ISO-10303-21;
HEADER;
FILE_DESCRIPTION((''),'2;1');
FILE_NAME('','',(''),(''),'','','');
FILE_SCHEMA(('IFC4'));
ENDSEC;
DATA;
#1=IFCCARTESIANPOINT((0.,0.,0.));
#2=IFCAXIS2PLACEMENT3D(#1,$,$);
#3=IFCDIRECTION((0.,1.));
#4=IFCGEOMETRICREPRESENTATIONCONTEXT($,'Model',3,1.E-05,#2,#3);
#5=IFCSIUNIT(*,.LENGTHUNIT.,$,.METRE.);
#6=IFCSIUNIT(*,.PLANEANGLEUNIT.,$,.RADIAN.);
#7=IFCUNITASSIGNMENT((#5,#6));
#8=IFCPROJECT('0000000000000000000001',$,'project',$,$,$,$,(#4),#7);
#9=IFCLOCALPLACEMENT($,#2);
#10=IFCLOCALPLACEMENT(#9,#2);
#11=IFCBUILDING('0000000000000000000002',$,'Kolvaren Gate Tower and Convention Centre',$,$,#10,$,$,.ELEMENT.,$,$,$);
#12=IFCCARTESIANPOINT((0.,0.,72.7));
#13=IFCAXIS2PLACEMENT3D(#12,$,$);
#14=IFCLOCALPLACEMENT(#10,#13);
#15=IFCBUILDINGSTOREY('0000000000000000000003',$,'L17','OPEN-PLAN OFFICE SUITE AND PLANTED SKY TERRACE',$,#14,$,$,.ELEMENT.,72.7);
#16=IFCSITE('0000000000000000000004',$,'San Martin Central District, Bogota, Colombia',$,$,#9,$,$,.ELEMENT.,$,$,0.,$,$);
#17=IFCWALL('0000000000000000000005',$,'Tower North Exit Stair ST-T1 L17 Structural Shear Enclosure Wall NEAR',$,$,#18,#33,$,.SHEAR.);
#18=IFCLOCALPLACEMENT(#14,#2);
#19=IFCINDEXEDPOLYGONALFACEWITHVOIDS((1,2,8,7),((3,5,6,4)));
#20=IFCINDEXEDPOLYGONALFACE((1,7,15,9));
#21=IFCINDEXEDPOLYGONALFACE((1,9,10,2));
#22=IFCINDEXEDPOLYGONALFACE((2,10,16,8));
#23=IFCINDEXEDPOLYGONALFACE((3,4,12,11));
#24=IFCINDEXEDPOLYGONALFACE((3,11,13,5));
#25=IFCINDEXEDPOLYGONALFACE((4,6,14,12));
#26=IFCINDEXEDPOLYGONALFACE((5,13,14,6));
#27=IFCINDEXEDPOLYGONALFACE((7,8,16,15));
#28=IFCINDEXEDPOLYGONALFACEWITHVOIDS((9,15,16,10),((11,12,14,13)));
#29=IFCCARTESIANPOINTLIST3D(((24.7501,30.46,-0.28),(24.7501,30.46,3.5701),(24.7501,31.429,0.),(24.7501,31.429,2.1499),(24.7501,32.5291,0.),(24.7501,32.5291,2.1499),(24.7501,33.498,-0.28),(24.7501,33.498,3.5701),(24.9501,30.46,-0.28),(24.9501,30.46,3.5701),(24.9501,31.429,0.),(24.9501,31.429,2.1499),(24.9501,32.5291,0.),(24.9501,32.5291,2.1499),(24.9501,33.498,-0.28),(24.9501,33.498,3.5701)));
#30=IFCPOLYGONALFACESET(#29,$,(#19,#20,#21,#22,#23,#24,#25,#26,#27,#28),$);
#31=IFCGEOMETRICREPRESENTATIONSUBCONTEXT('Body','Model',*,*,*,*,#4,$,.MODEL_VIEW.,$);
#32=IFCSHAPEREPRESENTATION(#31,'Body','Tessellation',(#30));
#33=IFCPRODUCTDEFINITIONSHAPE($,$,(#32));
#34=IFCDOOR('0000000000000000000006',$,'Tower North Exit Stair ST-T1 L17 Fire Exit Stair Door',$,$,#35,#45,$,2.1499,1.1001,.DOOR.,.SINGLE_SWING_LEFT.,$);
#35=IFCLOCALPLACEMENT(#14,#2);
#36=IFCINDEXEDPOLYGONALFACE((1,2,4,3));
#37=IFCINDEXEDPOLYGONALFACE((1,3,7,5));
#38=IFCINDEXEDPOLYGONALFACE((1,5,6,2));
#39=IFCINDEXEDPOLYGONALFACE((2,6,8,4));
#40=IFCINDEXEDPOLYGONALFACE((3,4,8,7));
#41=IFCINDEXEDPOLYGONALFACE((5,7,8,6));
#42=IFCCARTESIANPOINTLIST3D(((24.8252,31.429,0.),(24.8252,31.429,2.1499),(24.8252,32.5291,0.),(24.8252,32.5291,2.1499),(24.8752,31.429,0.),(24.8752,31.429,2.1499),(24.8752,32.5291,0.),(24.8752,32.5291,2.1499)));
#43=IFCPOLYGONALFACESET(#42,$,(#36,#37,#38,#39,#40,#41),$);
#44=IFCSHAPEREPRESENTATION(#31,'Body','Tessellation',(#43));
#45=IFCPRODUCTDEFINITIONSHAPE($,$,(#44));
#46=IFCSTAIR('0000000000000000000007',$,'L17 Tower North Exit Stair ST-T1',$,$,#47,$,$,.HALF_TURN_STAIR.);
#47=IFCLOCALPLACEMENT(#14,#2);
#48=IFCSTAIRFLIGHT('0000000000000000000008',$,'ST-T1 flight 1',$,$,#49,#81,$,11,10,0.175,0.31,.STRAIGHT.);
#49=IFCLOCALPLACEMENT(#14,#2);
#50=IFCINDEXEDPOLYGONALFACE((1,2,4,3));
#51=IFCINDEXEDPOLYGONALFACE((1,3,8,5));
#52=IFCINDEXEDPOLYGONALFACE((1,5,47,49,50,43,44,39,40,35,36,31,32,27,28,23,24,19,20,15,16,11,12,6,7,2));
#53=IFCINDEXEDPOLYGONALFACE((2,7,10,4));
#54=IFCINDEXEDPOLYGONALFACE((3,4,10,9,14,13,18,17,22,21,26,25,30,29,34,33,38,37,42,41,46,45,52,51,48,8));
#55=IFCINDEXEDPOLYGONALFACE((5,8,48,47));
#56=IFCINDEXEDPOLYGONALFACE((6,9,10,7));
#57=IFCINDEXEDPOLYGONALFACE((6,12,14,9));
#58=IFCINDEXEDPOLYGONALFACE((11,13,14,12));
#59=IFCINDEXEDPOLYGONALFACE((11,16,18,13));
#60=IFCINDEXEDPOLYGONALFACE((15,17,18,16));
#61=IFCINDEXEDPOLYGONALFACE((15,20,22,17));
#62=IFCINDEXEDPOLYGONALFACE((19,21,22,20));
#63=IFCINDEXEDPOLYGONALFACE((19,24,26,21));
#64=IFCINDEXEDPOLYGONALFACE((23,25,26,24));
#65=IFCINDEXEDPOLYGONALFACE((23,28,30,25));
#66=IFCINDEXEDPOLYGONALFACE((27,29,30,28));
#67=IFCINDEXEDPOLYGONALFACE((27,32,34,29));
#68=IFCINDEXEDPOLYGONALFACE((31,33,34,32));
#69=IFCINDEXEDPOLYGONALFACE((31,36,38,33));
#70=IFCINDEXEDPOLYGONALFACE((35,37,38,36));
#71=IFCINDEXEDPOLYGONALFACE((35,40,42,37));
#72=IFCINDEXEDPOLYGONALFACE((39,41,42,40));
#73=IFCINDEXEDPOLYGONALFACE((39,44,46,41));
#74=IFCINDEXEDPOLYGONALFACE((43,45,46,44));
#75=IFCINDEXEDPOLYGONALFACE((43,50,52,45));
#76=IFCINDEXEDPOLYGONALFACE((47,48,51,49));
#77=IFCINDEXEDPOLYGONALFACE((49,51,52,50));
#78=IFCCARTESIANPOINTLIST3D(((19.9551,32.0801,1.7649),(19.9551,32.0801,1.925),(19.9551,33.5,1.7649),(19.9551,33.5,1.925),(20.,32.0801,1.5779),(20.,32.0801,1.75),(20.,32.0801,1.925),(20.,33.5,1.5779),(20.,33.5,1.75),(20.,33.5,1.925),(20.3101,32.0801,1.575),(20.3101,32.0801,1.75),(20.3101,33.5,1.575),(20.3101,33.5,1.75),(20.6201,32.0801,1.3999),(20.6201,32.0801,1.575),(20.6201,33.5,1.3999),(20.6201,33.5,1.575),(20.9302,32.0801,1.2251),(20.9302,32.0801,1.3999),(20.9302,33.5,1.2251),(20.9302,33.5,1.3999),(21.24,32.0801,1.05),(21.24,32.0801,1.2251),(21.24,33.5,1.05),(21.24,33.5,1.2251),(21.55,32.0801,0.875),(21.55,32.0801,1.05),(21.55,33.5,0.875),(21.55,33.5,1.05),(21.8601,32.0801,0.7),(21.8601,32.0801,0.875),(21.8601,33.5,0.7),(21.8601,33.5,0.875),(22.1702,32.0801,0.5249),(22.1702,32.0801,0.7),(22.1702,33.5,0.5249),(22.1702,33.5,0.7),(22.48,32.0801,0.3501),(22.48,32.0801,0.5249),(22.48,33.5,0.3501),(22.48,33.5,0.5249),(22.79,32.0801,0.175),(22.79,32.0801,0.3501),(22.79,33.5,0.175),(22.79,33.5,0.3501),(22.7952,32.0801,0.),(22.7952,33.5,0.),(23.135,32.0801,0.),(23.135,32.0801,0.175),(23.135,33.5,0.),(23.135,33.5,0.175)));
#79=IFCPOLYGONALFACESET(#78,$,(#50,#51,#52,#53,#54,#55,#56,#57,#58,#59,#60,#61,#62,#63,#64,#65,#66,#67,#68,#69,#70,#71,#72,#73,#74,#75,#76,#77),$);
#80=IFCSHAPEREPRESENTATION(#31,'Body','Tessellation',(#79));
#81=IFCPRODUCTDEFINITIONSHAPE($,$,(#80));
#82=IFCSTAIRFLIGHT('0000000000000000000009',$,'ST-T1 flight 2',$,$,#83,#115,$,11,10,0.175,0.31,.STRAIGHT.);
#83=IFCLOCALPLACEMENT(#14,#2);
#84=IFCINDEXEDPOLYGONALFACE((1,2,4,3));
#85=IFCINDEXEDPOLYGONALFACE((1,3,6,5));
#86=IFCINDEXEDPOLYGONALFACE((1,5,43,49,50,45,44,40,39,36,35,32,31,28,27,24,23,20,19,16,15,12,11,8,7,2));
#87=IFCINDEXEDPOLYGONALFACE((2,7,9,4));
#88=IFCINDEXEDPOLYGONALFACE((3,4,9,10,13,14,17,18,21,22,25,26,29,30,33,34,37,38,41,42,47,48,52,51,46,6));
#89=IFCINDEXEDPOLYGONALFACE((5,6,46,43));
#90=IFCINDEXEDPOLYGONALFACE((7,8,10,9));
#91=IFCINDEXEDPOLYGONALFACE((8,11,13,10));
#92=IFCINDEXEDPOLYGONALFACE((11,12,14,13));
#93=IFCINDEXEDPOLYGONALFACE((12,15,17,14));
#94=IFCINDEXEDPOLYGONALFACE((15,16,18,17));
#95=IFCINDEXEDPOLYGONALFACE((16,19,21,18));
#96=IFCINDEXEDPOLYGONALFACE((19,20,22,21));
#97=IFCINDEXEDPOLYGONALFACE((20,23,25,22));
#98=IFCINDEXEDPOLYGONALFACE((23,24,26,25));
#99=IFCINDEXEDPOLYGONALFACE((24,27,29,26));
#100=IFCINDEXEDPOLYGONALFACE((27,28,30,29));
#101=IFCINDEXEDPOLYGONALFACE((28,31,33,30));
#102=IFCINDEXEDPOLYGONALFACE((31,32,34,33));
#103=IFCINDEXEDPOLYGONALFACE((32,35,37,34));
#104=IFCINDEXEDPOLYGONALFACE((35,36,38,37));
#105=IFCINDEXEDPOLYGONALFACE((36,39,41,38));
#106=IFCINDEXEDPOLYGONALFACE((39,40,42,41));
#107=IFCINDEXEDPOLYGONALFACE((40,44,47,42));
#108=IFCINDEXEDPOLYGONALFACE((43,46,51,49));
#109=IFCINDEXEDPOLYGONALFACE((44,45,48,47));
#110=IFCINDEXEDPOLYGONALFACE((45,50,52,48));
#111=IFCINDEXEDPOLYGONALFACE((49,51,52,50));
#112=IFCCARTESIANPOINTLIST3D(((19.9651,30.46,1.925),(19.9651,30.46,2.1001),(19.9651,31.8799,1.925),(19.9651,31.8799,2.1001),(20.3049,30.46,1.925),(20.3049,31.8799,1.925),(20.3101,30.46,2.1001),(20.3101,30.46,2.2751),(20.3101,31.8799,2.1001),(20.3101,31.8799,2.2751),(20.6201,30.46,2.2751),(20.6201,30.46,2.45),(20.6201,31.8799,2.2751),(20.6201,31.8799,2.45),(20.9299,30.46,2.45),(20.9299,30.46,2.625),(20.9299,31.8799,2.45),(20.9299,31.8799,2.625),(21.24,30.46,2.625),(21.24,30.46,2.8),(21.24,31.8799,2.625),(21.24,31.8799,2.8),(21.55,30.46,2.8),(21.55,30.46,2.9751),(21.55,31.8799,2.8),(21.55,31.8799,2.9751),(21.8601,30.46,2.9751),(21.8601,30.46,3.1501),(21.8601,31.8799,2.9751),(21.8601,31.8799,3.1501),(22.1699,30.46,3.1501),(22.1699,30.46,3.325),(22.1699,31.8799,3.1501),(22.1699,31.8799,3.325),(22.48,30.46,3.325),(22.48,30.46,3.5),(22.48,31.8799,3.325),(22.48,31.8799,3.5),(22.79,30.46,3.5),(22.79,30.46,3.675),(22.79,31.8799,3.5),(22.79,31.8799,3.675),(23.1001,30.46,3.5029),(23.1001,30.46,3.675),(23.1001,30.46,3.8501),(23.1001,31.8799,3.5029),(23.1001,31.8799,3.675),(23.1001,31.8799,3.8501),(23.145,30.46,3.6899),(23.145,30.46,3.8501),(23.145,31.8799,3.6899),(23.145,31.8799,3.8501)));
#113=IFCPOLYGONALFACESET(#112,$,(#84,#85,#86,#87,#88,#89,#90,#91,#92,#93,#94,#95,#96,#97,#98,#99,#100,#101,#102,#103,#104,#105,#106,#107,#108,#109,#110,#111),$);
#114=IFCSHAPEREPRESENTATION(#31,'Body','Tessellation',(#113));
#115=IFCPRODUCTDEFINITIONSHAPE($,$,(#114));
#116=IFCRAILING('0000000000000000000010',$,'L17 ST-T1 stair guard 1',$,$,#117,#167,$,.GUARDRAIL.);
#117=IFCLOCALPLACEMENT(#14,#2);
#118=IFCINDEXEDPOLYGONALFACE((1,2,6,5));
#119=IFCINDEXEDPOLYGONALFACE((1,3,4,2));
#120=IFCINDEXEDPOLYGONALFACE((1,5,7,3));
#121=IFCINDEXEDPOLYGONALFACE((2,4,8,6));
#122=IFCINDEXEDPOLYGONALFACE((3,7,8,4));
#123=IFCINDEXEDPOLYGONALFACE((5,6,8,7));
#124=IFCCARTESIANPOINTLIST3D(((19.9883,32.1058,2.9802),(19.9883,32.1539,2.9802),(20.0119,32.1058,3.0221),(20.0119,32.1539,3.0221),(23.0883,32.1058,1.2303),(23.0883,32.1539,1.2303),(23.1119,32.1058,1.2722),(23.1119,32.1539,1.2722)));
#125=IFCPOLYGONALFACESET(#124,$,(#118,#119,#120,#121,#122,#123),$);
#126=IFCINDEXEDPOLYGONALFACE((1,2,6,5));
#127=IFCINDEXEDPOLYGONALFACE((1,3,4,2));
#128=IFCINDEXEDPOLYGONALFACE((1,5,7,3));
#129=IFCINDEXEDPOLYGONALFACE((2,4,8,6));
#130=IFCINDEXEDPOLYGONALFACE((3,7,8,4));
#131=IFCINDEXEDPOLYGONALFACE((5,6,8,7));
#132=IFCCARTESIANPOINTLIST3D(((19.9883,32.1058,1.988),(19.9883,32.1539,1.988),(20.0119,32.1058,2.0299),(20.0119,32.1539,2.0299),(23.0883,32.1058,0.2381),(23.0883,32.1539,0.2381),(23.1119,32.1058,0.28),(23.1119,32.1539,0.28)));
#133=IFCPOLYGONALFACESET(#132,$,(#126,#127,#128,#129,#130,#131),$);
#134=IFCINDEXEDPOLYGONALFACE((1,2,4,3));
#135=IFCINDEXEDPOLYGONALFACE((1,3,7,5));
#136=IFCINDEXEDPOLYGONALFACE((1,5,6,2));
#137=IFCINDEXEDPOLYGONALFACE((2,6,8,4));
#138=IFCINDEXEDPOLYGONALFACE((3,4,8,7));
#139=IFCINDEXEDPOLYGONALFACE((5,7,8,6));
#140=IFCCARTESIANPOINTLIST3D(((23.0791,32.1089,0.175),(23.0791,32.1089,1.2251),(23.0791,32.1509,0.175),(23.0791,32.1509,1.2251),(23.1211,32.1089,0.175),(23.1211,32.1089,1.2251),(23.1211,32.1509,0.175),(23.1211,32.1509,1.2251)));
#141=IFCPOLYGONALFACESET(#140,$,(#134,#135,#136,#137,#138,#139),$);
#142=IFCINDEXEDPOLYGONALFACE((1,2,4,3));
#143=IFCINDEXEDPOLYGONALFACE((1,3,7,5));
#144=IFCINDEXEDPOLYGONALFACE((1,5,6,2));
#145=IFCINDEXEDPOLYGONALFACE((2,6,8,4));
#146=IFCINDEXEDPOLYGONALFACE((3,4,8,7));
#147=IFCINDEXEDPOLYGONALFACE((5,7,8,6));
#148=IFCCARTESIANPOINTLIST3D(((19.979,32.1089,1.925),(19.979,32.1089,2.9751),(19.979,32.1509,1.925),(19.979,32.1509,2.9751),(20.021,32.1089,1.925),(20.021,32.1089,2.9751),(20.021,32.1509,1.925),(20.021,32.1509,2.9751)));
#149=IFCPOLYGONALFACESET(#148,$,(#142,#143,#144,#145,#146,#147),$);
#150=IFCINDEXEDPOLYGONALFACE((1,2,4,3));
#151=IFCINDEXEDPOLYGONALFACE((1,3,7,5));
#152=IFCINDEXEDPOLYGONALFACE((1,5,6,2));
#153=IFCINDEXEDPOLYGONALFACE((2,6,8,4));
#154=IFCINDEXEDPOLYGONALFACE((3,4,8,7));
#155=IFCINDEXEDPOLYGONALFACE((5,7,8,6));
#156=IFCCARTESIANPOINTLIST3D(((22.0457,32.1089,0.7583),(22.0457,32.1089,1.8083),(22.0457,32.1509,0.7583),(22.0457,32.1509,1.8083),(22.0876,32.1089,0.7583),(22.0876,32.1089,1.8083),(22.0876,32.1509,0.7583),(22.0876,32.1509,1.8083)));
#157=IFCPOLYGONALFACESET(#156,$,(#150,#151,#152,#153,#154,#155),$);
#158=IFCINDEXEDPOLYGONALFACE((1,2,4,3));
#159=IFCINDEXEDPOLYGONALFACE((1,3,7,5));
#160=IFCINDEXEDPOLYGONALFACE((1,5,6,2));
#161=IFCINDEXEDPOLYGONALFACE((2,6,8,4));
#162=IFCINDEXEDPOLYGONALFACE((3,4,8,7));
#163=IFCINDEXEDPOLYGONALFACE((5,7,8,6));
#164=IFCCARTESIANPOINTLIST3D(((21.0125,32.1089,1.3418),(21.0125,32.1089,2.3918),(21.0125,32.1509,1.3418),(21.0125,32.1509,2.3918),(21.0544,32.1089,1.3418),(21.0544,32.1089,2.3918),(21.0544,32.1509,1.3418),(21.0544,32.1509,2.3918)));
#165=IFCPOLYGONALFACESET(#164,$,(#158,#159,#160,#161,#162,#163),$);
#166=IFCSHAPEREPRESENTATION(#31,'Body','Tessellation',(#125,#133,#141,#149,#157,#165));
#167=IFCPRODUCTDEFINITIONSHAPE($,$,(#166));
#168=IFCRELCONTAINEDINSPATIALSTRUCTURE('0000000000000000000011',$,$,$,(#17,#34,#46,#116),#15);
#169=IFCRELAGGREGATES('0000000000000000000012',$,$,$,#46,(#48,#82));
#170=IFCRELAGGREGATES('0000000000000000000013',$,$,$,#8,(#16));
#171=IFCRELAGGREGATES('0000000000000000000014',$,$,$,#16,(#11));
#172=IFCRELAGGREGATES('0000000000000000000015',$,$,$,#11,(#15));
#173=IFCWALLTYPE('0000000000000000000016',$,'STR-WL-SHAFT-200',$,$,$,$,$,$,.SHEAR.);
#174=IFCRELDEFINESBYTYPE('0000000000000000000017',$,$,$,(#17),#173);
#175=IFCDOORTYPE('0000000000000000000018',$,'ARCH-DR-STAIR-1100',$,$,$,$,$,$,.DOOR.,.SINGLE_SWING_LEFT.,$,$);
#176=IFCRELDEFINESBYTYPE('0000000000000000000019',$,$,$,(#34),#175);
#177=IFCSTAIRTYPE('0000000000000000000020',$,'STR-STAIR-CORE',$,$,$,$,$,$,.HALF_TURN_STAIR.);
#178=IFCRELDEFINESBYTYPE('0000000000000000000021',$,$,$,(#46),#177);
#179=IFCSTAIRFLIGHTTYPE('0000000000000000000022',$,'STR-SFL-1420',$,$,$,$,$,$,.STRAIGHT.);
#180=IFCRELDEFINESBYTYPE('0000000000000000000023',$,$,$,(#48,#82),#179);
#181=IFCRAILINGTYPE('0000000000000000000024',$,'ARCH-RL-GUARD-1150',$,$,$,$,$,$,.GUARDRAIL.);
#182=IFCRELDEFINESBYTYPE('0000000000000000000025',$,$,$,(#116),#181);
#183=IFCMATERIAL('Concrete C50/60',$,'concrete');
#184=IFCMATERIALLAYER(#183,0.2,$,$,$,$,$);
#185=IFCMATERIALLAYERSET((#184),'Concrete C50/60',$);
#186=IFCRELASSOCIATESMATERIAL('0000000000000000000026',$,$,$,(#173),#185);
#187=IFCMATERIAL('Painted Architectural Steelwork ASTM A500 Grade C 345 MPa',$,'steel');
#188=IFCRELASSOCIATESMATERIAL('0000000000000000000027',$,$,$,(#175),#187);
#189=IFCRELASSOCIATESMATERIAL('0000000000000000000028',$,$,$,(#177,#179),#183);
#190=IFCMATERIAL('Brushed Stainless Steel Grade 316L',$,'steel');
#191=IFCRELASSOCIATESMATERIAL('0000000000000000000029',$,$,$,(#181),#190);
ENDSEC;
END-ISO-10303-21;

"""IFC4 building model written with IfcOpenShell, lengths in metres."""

from ifc_helpers import new_model, si_unit, direction, frame, frame_2d, origin, origin_2d, place, context, subcontext, project, spatial, polyline, rectangle, outline, extrude, material, layer, layer_set, type_object, element, fill, aggregate, save


model = new_model("IFC4")

# Units and contexts
model_context = context("Model", 3, precision=1e-05, world=origin(), true_north=direction((0.0, 1.0)))
body_context = subcontext(model_context, "Body", "Model", "MODEL_VIEW")
ifc_project = project(units=[si_unit("LENGTHUNIT", "METRE"), si_unit("PLANEANGLEUNIT", "RADIAN")], contexts=[model_context])

# Site, building, storey
site_placement = place(None, origin())
site = spatial("IfcSite", under=ifc_project, at=site_placement, Name="San Martin Central District, Bogota, Colombia", CompositionType="ELEMENT", RefElevation=0.0)
building_placement = place(site_placement, origin())
building = spatial("IfcBuilding", under=site, at=building_placement, Name="Kolvaren Gate Tower and Convention Centre", CompositionType="ELEMENT")
storey_placement = place(building_placement, frame((0.0, 0.0, 72.7)))
storey = spatial("IfcBuildingStorey", under=building, at=storey_placement, Name="L17", Description="OPEN-PLAN OFFICE SUITE AND PLANTED SKY TERRACE", CompositionType="ELEMENT", Elevation=72.7)

# Shared definitions
ifc_material_1 = material(Name="Brushed Stainless Steel Grade 316L", Category="steel")

# Wall, opening, door
ifc_material_2 = material(Name="Concrete C50/60", Category="concrete")
ifc_layer_1 = layer(ifc_material_2, 0.2)
ifc_layer_set_1 = layer_set([ifc_layer_1], Name="Concrete C50/60")
wall_type_1 = type_object("IfcWallType", Name="STR-WL-SHAFT-200", PredefinedType="SHEAR", material=ifc_layer_set_1)
wall_1_placement = place(storey_placement, frame((24.8501, 30.46, -0.28), z_axis=(0.0, 0.0, 1.0), x_axis=(0.0, 1.0, 0.0)))
wall_1 = element("IfcWall", 1, at=wall_1_placement, inside=storey, type_object=wall_type_1, Name="Tower North Exit Stair ST-T1 L17 Structural Shear Enclosure Wall NEAR", PredefinedType="SHEAR", context=body_context, shape_type="SweptSolid", body=[
    extrude(rectangle(XDim=3.0381, YDim=0.2, at=frame_2d((1.519, 0.0))), origin(), (0.0, 0.0, 1.0), 3.8501),
])
opening_1_placement = place(wall_1_placement, frame((0.969, 0.0, 0.28)))
opening_1 = element("IfcOpeningElement", 2, at=opening_1_placement, cuts=wall_1, PredefinedType="OPENING", context=body_context, shape_type="SweptSolid", body=[
    extrude(rectangle(XDim=1.1001, YDim=2.1499, at=frame_2d((0.55, 1.075))), frame((0.0, 0.1099, 0.0), z_axis=(0.0, -1.0, 0.0), x_axis=(1.0, 0.0, 0.0)), (0.0, 0.0, 1.0), 0.22),
])
ifc_material_3 = material(Name="Painted Architectural Steelwork ASTM A500 Grade C 345 MPa", Category="steel")
door_type_1 = type_object("IfcDoorType", Name="ARCH-DR-STAIR-1100", OperationType="SINGLE_SWING_LEFT", PredefinedType="DOOR", material=ifc_material_3)
door_1_placement = place(opening_1_placement, origin())
door_1 = element("IfcDoor", 3, at=door_1_placement, inside=storey, type_object=door_type_1, Name="Tower North Exit Stair ST-T1 L17 Fire Exit Stair Door", OperationType="SINGLE_SWING_LEFT", OverallHeight=2.1499, OverallWidth=1.1001, PredefinedType="DOOR", context=body_context, shape_type="SweptSolid", body=[
    extrude(rectangle(XDim=1.1001, YDim=2.1499, at=frame_2d((0.55, 1.075))), frame((0.0, 0.0249, 0.0), z_axis=(0.0, -1.0, 0.0), x_axis=(1.0, 0.0, 0.0)), (0.0, 0.0, 1.0), 0.05),
])
fill(opening_1, door_1)

# Stair, stair flights
stair_type = type_object("IfcStairType", Name="STR-STAIR-CORE", PredefinedType="HALF_TURN_STAIR", material=ifc_material_2)
stair_placement = place(storey_placement, origin())
stair = element("IfcStair", 4, at=stair_placement, inside=storey, type_object=stair_type, Name="L17 Tower North Exit Stair ST-T1", PredefinedType="HALF_TURN_STAIR")
stair_flight_type = type_object("IfcStairFlightType", Name="STR-SFL-1420", PredefinedType="STRAIGHT", material=ifc_material_2)
stair_flight_1_placement = place(storey_placement, frame((23.1001, 32.79, 0.0), z_axis=(0.0, 0.0, 1.0), x_axis=(-1.0, 0.0, 0.0)))
stair_flight_1 = element("IfcStairFlight", 5, at=stair_flight_1_placement, type_object=stair_flight_type, Name="ST-T1 flight 1", NumberOfRisers=11, NumberOfTreads=10, PredefinedType="STRAIGHT", RiserHeight=0.175, TreadLength=0.31, context=body_context, shape_type="SweptSolid", body=[
    extrude(outline(polyline([(-0.0349, 0.0), (-0.0349, 0.175), (0.3101, 0.175), (0.3101, 0.3501), (0.6201, 0.3501), (0.6201, 0.5249), (0.9299, 0.5249), (0.9299, 0.7), (1.24, 0.7), (1.24, 0.875), (1.55, 0.875), (1.55, 1.05), (1.8601, 1.05), (1.8601, 1.2251), (2.1699, 1.2251), (2.1699, 1.3999), (2.48, 1.3999), (2.48, 1.575), (2.79, 1.575), (2.79, 1.75), (3.1001, 1.75), (3.1001, 1.925), (3.145, 1.925), (3.145, 1.7649), (3.1001, 1.5779), (0.3049, 0.0), (-0.0349, 0.0)])), frame((0.0, 0.71, 0.0), z_axis=(0.0, -1.0, 0.0), x_axis=(1.0, 0.0, 0.0)), (0.0, 0.0, 1.0), 1.4199),
])
stair_flight_2_placement = place(storey_placement, frame((20.0, 31.1699, 1.925), z_axis=(0.0, 0.0, 1.0), x_axis=(1.0, 0.0, 0.0)))
stair_flight_2 = element("IfcStairFlight", 6, at=stair_flight_2_placement, type_object=stair_flight_type, Name="ST-T1 flight 2", NumberOfRisers=11, NumberOfTreads=10, PredefinedType="STRAIGHT", RiserHeight=0.175, TreadLength=0.31, context=body_context, shape_type="SweptSolid", body=[
    extrude(outline(polyline([(-0.0349, 0.0), (-0.0349, 0.175), (0.3101, 0.175), (0.3101, 0.3501), (0.6201, 0.3501), (0.6201, 0.5249), (0.9299, 0.5249), (0.9299, 0.7), (1.24, 0.7), (1.24, 0.875), (1.55, 0.875), (1.55, 1.05), (1.8601, 1.05), (1.8601, 1.2251), (2.1699, 1.2251), (2.1699, 1.3999), (2.48, 1.3999), (2.48, 1.575), (2.79, 1.575), (2.79, 1.75), (3.1001, 1.75), (3.1001, 1.925), (3.145, 1.925), (3.145, 1.7649), (3.1001, 1.5779), (0.3049, 0.0), (-0.0349, 0.0)])), frame((0.0, 0.71, 0.0), z_axis=(0.0, -1.0, 0.0), x_axis=(1.0, 0.0, 0.0)), (0.0, 0.0, 1.0), 1.4199),
])
aggregate(stair, [stair_flight_1, stair_flight_2])

# Railing
railing_type_1 = type_object("IfcRailingType", Name="ARCH-RL-GUARD-1150", PredefinedType="GUARDRAIL", material=ifc_material_1)
railing_1_placement = place(storey_placement, frame((23.1001, 32.1299, 0.175)))
element("IfcRailing", 7, at=railing_1_placement, inside=storey, type_object=railing_type_1, Name="L17 ST-T1 stair guard 1", PredefinedType="GUARDRAIL", context=body_context, shape_type="SweptSolid", body=[
    extrude(rectangle(XDim=0.0481, YDim=0.0481, at=origin_2d()), frame((0.0, 0.0, 1.0762), z_axis=(-0.870831, 0.0, 0.491583), x_axis=(0.0, -1.0, 0.0)), (0.0, 0.0, 1.0), 3.5598),
    extrude(rectangle(XDim=0.0481, YDim=0.0481, at=origin_2d()), frame((0.0, 0.0, 0.084), z_axis=(-0.870831, 0.0, 0.491583), x_axis=(0.0, -1.0, 0.0)), (0.0, 0.0, 1.0), 3.5598),
    extrude(rectangle(XDim=0.042, YDim=0.042, at=origin_2d()), origin(), (0.0, 0.0, 1.0), 1.05),
    extrude(rectangle(XDim=0.042, YDim=0.042, at=origin_2d()), frame((-3.1001, 0.0, 1.75)), (0.0, 0.0, 1.0), 1.05),
    extrude(rectangle(XDim=0.042, YDim=0.042, at=origin_2d()), frame((-1.0334, 0.0, 0.5833)), (0.0, 0.0, 1.0), 1.05),
    extrude(rectangle(XDim=0.042, YDim=0.042, at=origin_2d()), frame((-2.0667, 0.0, 1.1667)), (0.0, 0.0, 1.0), 1.05),
])

save(model, "model.ifc")
